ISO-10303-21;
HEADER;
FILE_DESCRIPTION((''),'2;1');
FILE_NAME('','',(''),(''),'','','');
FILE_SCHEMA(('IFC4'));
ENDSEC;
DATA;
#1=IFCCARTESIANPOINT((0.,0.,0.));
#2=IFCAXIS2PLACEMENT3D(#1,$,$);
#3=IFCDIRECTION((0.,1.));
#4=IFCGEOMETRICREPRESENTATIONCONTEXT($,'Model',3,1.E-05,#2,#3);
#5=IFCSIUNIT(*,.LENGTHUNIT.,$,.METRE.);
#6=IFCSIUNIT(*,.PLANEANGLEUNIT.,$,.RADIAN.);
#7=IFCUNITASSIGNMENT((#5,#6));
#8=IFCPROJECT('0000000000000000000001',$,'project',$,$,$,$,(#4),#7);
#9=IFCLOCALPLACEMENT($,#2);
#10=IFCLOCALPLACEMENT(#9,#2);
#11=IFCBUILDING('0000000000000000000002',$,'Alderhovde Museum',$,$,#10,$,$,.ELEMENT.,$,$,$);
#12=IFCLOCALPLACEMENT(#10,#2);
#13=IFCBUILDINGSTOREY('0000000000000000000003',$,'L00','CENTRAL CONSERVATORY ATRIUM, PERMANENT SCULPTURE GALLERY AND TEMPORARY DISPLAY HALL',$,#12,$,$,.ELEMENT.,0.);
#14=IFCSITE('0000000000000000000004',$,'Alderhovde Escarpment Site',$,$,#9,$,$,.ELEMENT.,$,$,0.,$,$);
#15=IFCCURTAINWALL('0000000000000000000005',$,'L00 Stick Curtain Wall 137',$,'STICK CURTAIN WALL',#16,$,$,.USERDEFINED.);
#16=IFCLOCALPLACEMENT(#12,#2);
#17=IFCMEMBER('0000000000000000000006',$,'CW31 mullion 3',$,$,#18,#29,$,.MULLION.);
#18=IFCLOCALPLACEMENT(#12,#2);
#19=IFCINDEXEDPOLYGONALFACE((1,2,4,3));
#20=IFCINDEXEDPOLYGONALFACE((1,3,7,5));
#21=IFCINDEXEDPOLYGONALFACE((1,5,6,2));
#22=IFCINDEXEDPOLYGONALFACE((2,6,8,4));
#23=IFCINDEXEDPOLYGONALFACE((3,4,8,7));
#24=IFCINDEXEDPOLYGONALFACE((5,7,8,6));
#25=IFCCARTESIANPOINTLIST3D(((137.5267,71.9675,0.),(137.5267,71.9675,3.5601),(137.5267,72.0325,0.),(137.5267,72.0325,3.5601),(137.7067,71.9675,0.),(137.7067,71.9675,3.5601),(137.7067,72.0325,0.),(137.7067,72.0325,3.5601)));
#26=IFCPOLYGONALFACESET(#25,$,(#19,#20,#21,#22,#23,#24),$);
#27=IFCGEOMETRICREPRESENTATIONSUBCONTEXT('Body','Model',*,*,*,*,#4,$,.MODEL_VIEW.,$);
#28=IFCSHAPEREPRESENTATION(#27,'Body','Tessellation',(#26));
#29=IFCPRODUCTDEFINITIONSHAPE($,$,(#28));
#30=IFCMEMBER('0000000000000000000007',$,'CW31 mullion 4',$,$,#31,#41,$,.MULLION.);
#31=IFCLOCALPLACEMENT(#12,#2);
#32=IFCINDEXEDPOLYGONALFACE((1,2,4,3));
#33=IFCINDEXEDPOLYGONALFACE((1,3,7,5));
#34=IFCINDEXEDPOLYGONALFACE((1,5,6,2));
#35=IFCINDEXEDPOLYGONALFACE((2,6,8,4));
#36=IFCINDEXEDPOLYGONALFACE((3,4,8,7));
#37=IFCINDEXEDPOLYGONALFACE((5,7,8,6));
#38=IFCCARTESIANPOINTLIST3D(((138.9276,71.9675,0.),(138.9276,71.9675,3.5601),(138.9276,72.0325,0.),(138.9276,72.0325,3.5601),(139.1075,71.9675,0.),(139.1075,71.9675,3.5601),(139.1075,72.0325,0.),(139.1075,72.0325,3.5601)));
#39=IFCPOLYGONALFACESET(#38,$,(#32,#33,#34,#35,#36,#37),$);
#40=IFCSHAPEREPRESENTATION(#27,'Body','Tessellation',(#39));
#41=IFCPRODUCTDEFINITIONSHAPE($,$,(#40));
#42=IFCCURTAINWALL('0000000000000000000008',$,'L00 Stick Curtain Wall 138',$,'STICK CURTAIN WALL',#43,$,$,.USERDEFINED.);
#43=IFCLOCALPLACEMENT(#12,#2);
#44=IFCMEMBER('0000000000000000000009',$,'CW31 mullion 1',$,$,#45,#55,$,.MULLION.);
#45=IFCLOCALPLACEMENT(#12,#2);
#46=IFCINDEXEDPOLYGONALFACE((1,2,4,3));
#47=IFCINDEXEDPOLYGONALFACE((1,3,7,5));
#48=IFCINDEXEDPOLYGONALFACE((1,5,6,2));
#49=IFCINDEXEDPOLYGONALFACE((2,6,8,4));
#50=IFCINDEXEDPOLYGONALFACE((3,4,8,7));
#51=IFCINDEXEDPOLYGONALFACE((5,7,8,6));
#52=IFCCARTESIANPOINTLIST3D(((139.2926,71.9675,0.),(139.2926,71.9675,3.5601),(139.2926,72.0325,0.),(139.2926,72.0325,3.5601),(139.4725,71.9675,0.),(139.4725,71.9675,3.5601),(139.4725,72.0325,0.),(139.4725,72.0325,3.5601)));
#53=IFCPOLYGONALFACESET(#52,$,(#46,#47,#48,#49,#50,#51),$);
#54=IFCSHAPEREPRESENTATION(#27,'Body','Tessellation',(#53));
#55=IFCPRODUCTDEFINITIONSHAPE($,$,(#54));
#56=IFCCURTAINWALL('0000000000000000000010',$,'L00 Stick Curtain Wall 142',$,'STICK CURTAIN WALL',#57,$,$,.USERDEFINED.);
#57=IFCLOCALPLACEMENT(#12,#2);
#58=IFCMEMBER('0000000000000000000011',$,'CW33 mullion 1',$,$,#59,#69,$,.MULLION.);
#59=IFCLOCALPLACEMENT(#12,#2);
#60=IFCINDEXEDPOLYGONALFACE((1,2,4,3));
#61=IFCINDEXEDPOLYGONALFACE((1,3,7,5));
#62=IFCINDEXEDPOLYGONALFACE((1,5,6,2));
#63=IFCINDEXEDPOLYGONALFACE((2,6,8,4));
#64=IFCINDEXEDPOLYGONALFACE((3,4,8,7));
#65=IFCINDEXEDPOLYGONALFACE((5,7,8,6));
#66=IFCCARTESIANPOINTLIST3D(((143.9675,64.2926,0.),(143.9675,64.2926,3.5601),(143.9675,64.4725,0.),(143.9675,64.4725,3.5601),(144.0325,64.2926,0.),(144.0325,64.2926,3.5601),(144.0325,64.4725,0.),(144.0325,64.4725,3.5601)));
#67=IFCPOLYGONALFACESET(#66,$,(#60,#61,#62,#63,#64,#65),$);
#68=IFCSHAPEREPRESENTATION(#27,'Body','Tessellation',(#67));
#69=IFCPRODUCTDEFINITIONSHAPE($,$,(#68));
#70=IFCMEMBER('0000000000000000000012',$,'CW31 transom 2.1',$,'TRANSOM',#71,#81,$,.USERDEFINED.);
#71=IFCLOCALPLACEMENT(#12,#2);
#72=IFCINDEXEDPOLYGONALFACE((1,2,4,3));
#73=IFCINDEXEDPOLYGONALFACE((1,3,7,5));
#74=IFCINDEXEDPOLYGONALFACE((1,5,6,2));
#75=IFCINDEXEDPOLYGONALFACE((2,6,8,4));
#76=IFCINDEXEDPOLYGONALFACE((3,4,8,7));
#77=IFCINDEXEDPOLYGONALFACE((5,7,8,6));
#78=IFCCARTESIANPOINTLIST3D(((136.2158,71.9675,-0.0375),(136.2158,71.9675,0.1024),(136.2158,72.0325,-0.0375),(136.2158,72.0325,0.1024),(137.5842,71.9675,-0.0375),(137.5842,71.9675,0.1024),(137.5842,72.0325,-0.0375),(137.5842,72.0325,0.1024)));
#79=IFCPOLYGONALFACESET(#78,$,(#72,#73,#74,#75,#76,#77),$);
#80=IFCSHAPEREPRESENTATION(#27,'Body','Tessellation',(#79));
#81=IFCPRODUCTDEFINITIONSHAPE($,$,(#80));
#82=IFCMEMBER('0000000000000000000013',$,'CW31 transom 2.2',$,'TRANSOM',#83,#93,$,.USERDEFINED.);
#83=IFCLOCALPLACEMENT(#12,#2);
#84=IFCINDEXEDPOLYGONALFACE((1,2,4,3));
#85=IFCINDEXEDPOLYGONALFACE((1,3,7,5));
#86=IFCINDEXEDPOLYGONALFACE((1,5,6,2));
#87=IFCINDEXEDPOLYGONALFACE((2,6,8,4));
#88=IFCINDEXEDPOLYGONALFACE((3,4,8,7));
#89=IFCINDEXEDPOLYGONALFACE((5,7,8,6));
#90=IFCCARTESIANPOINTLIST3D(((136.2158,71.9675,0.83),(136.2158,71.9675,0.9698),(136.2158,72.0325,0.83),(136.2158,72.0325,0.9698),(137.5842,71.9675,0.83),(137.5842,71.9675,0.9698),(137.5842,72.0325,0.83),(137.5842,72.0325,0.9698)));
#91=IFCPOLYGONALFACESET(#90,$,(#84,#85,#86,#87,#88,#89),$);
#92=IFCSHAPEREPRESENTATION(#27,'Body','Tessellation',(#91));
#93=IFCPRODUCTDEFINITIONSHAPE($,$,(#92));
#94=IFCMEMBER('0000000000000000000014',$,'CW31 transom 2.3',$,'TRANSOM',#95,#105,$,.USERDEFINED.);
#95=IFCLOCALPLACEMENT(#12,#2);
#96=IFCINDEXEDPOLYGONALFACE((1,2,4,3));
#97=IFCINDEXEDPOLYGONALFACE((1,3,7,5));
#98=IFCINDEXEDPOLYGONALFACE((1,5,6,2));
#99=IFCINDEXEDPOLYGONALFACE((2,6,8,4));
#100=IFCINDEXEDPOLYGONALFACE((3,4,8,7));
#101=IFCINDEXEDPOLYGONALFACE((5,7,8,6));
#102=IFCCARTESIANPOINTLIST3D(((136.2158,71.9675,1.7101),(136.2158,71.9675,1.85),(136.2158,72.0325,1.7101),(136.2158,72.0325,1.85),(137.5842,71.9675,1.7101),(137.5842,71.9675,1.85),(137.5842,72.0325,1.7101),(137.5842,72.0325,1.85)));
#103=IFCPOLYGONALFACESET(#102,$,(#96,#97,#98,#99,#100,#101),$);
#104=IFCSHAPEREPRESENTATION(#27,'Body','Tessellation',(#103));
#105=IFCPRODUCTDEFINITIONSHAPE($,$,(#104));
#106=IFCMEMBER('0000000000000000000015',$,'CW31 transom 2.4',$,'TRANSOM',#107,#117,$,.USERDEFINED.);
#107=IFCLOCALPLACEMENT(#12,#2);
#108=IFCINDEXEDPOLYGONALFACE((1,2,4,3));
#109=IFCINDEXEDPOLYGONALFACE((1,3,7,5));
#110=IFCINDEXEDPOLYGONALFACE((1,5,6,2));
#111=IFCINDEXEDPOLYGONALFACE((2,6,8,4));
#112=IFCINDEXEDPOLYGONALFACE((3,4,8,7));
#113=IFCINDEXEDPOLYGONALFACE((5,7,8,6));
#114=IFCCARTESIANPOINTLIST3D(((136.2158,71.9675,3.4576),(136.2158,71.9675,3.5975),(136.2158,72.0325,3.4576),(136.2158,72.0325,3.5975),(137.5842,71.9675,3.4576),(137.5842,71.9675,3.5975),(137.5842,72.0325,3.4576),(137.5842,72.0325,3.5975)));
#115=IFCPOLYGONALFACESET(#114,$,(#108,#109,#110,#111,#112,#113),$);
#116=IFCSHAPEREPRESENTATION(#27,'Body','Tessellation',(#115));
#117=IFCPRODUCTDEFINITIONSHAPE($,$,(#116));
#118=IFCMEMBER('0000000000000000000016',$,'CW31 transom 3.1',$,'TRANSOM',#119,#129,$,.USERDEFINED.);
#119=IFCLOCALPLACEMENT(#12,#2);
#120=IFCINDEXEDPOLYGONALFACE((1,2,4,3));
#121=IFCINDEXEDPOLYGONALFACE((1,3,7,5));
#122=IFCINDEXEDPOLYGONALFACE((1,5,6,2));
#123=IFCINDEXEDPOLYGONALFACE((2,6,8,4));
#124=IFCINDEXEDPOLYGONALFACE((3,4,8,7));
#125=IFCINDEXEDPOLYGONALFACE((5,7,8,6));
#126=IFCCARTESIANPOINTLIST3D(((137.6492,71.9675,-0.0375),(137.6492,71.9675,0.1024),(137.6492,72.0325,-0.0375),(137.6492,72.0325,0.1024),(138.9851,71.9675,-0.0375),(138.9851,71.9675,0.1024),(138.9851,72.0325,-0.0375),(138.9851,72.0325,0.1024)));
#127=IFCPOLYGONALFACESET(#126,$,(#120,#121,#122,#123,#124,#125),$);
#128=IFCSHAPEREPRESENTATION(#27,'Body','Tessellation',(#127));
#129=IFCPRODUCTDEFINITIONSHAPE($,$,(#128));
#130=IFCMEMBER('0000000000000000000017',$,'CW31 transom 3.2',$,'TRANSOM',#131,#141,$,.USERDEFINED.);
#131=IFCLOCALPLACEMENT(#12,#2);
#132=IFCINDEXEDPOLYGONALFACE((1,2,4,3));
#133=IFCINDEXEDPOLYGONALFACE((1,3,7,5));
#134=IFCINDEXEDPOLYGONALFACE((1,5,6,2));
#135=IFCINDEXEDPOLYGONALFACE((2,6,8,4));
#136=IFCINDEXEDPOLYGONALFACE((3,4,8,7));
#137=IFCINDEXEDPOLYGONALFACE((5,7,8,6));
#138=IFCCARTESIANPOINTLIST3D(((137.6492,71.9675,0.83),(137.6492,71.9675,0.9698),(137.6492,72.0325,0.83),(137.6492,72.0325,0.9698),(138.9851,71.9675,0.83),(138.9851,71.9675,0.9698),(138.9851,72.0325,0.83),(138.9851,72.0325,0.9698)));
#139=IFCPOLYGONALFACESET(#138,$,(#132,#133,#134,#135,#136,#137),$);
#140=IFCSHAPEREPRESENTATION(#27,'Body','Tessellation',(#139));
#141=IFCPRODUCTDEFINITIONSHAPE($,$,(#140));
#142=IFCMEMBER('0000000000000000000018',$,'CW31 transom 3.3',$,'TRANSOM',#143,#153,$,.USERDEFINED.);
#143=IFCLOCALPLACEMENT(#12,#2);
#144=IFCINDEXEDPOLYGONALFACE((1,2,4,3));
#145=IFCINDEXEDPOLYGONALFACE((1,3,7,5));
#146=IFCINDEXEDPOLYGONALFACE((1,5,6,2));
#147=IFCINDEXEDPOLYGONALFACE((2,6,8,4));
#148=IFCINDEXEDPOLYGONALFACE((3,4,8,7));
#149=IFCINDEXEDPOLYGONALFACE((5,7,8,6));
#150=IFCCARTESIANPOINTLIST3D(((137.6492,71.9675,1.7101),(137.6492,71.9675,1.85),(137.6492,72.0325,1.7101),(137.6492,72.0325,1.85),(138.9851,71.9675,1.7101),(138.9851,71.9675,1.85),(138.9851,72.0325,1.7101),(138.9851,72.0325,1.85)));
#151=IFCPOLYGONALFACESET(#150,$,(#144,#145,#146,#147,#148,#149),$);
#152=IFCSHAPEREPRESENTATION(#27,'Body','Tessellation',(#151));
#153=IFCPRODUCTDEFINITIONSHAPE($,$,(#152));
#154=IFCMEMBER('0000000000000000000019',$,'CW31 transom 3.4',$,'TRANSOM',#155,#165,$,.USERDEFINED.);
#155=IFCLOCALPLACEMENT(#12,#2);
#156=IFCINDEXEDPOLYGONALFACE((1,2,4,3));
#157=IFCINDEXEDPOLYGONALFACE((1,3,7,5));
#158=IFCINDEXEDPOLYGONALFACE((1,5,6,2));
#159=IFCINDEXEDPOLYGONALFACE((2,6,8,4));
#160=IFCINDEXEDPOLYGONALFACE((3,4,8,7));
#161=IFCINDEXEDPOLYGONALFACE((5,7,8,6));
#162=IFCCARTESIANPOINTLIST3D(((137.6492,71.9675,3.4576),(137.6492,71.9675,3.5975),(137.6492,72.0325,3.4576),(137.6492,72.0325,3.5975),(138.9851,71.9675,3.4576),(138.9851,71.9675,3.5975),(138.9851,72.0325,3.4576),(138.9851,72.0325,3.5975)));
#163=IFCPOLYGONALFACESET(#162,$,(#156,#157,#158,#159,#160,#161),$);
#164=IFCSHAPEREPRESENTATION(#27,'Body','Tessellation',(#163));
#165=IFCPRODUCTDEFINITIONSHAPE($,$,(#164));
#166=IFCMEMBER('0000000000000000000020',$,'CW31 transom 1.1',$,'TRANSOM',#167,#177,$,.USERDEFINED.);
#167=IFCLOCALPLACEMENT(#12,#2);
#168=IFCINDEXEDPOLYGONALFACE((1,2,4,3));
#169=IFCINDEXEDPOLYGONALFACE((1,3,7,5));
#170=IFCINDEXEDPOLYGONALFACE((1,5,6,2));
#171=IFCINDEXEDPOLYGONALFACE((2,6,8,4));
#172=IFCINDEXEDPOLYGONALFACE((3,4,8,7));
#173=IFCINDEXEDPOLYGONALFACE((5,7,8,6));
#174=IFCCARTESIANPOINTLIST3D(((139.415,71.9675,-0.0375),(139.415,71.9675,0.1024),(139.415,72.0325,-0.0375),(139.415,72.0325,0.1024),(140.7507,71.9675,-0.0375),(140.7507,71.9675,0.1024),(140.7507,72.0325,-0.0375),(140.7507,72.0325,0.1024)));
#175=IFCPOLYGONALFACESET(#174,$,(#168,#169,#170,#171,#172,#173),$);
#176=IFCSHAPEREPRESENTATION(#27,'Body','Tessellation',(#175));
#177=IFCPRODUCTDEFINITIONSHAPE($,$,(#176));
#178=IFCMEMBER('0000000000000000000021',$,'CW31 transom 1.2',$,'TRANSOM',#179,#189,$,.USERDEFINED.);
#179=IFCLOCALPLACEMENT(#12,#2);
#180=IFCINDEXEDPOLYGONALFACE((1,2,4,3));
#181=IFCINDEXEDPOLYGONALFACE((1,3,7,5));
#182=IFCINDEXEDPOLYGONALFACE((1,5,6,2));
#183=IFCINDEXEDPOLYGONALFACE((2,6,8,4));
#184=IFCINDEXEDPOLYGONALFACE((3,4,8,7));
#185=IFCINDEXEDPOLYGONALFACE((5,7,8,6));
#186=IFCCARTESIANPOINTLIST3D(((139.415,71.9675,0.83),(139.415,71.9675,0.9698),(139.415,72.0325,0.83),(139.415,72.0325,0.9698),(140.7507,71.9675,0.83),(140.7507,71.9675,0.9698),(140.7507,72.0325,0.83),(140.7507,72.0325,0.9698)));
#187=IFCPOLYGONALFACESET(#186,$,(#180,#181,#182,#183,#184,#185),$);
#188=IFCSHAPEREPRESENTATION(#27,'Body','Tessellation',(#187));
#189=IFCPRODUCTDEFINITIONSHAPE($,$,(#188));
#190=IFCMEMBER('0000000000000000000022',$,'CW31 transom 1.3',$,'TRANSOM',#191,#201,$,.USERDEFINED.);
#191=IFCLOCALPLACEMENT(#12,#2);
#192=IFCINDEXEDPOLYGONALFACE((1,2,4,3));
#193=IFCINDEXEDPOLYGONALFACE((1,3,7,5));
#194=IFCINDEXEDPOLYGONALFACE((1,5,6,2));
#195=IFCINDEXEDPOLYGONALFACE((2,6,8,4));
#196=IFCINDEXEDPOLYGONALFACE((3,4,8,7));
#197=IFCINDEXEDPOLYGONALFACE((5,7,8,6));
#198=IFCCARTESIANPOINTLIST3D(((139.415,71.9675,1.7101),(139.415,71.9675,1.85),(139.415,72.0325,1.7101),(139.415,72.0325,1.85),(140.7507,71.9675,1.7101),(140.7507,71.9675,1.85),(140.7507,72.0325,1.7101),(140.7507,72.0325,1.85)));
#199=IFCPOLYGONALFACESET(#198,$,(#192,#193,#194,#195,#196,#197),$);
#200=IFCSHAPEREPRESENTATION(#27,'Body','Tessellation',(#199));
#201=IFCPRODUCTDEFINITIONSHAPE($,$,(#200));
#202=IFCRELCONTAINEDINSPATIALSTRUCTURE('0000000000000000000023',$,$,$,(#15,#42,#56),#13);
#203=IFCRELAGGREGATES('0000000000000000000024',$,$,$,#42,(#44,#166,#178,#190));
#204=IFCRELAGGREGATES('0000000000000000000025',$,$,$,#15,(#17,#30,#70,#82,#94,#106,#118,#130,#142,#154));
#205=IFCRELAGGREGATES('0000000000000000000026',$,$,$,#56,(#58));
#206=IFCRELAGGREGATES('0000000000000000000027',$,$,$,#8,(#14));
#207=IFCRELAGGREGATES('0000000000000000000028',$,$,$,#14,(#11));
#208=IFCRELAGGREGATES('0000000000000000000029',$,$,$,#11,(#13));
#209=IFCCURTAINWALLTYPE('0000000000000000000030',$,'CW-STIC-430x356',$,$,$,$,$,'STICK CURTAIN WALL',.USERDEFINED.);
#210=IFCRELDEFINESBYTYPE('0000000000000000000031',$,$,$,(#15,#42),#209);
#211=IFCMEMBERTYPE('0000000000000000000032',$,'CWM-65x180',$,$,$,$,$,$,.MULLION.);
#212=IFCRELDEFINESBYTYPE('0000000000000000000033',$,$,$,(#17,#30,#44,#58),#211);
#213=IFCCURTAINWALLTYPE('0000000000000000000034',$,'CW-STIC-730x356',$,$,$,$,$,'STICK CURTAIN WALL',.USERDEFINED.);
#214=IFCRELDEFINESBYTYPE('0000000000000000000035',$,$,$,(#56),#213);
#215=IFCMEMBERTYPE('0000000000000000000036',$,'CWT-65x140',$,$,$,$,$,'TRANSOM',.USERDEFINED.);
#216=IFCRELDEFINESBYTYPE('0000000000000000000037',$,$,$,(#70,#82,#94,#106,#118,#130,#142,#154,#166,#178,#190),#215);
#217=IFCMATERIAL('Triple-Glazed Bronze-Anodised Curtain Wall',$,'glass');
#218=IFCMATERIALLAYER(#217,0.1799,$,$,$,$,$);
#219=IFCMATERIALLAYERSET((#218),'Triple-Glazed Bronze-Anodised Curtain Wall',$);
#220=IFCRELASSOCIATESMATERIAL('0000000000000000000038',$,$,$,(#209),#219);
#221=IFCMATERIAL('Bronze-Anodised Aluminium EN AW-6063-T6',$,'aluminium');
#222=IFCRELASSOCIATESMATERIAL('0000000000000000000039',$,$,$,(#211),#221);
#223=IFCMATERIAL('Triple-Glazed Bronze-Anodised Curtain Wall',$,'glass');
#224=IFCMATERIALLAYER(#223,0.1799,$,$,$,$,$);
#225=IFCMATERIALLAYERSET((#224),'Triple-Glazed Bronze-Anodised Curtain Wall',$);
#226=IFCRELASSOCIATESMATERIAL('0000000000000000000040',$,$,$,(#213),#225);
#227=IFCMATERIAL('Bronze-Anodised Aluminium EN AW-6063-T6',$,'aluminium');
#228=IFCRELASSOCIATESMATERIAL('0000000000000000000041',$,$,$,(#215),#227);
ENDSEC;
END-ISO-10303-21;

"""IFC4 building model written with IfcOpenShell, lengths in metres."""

from ifc_helpers import new_model, si_unit, direction, frame, origin, origin_2d, place, context, subcontext, project, spatial, rectangle, extrude, material, layer, layer_set, material_profile, profile_set, type_object, element, aggregate, save


model = new_model("IFC4")

# Units and contexts
model_context = context("Model", 3, precision=1e-05, world=origin(), true_north=direction((0.0, 1.0)))
body_context = subcontext(model_context, "Body", "Model", "MODEL_VIEW")
ifc_project = project(units=[si_unit("LENGTHUNIT", "METRE"), si_unit("PLANEANGLEUNIT", "RADIAN")], contexts=[model_context])

# Site, building, storey
site_placement = place(None, origin())
site = spatial("IfcSite", under=ifc_project, at=site_placement, Name="Alderhovde Escarpment Site", CompositionType="ELEMENT", RefElevation=0.0)
building_placement = place(site_placement, origin())
building = spatial("IfcBuilding", under=site, at=building_placement, Name="Alderhovde Museum", CompositionType="ELEMENT")
storey_placement = place(building_placement, origin())
storey = spatial("IfcBuildingStorey", under=building, at=storey_placement, Name="L00", Description="CENTRAL CONSERVATORY ATRIUM, PERMANENT SCULPTURE GALLERY AND TEMPORARY DISPLAY HALL", CompositionType="ELEMENT", Elevation=0.0)

# Curtain wall, members
ifc_material_1 = material(Name="Triple-Glazed Bronze-Anodised Curtain Wall", Category="glass")
ifc_layer_1 = layer(ifc_material_1, 0.1799)
ifc_layer_set_1 = layer_set([ifc_layer_1], Name="Triple-Glazed Bronze-Anodised Curtain Wall")
curtain_wall_type_1 = type_object("IfcCurtainWallType", Name="CW-STIC-430x356", ElementType="STICK CURTAIN WALL", PredefinedType="USERDEFINED", material=ifc_layer_set_1)
curtain_wall_1_placement = place(storey_placement, origin())
curtain_wall_1 = element("IfcCurtainWall", 1, at=curtain_wall_1_placement, inside=storey, type_object=curtain_wall_type_1, Name="L00 Stick Curtain Wall 137", ObjectType="STICK CURTAIN WALL", PredefinedType="USERDEFINED")
ifc_material_2 = material(Name="Bronze-Anodised Aluminium EN AW-6063-T6", Category="aluminium")
ifc_material_profile_1 = material_profile(ifc_material_2, rectangle(XDim=0.0649, YDim=0.1799, at=origin_2d()), Name="MULLION 65x180")
ifc_profile_set_1 = profile_set([ifc_material_profile_1], Name="Bronze-Anodised Aluminium EN AW-6063-T6")
member_type_1 = type_object("IfcMemberType", Name="CWM-65x180", PredefinedType="MULLION", material=ifc_profile_set_1)
member_1_placement = place(storey_placement, frame((137.6167, 72.0, 0.0), z_axis=(0.0, 0.0, 1.0), x_axis=(0.0, 1.0, 0.0)))
member_1 = element("IfcMember", 2, at=member_1_placement, type_object=member_type_1, Name="CW31 mullion 3", PredefinedType="MULLION", context=body_context, shape_type="SweptSolid", body=[
    extrude(rectangle(XDim=0.0649, YDim=0.1799, at=origin_2d()), origin(), (0.0, 0.0, 1.0), 3.5601),
])
member_2_placement = place(storey_placement, frame((139.0176, 72.0, 0.0), z_axis=(0.0, 0.0, 1.0), x_axis=(0.0, 1.0, 0.0)))
member_2 = element("IfcMember", 3, at=member_2_placement, type_object=member_type_1, Name="CW31 mullion 4", PredefinedType="MULLION", context=body_context, shape_type="SweptSolid", body=[
    extrude(rectangle(XDim=0.0649, YDim=0.1799, at=origin_2d()), origin(), (0.0, 0.0, 1.0), 3.5601),
])

# Curtain walls, members
curtain_wall_2_placement = place(storey_placement, origin())
curtain_wall_2 = element("IfcCurtainWall", 4, at=curtain_wall_2_placement, inside=storey, type_object=curtain_wall_type_1, Name="L00 Stick Curtain Wall 138", ObjectType="STICK CURTAIN WALL", PredefinedType="USERDEFINED")
member_3_placement = place(storey_placement, frame((139.3826, 72.0, 0.0), z_axis=(0.0, 0.0, 1.0), x_axis=(0.0, 1.0, 0.0)))
member_3 = element("IfcMember", 5, at=member_3_placement, type_object=member_type_1, Name="CW31 mullion 1", PredefinedType="MULLION", context=body_context, shape_type="SweptSolid", body=[
    extrude(rectangle(XDim=0.0649, YDim=0.1799, at=origin_2d()), origin(), (0.0, 0.0, 1.0), 3.5601),
])
ifc_material_3 = material(Name="Triple-Glazed Bronze-Anodised Curtain Wall", Category="glass")
ifc_layer_2 = layer(ifc_material_3, 0.1799)
ifc_layer_set_2 = layer_set([ifc_layer_2], Name="Triple-Glazed Bronze-Anodised Curtain Wall")
curtain_wall_type_2 = type_object("IfcCurtainWallType", Name="CW-STIC-730x356", ElementType="STICK CURTAIN WALL", PredefinedType="USERDEFINED", material=ifc_layer_set_2)
curtain_wall_3_placement = place(storey_placement, origin())
curtain_wall_3 = element("IfcCurtainWall", 6, at=curtain_wall_3_placement, inside=storey, type_object=curtain_wall_type_2, Name="L00 Stick Curtain Wall 142", ObjectType="STICK CURTAIN WALL", PredefinedType="USERDEFINED")
member_4_placement = place(storey_placement, frame((144.0, 64.3826, 0.0), z_axis=(0.0, 0.0, 1.0), x_axis=(-1.0, 0.0, 0.0)))
member_4 = element("IfcMember", 7, at=member_4_placement, type_object=member_type_1, Name="CW33 mullion 1", PredefinedType="MULLION", context=body_context, shape_type="SweptSolid", body=[
    extrude(rectangle(XDim=0.0649, YDim=0.1799, at=origin_2d()), origin(), (0.0, 0.0, 1.0), 3.5601),
])

# Members
ifc_material_4 = material(Name="Bronze-Anodised Aluminium EN AW-6063-T6", Category="aluminium")
ifc_material_profile_2 = material_profile(ifc_material_4, rectangle(XDim=0.0649, YDim=0.1399, at=origin_2d()), Name="TRANSOM 65x140")
ifc_profile_set_2 = profile_set([ifc_material_profile_2], Name="Bronze-Anodised Aluminium EN AW-6063-T6")
member_type_2 = type_object("IfcMemberType", Name="CWT-65x140", ElementType="TRANSOM", PredefinedType="USERDEFINED", material=ifc_profile_set_2)
member_5_placement = place(storey_placement, frame((136.2158, 72.0, 0.0325), z_axis=(1.0, 0.0, 0.0), x_axis=(0.0, 1.0, 0.0)))
member_5 = element("IfcMember", 8, at=member_5_placement, type_object=member_type_2, Name="CW31 transom 2.1", ObjectType="TRANSOM", PredefinedType="USERDEFINED", context=body_context, shape_type="SweptSolid", body=[
    extrude(rectangle(XDim=0.0649, YDim=0.1399, at=origin_2d()), origin(), (0.0, 0.0, 1.0), 1.3684),
])
member_6_placement = place(storey_placement, frame((136.2158, 72.0, 0.8999), z_axis=(1.0, 0.0, 0.0), x_axis=(0.0, 1.0, 0.0)))
member_6 = element("IfcMember", 9, at=member_6_placement, type_object=member_type_2, Name="CW31 transom 2.2", ObjectType="TRANSOM", PredefinedType="USERDEFINED", context=body_context, shape_type="SweptSolid", body=[
    extrude(rectangle(XDim=0.0649, YDim=0.1399, at=origin_2d()), origin(), (0.0, 0.0, 1.0), 1.3684),
])
member_7_placement = place(storey_placement, frame((136.2158, 72.0, 1.78), z_axis=(1.0, 0.0, 0.0), x_axis=(0.0, 1.0, 0.0)))
member_7 = element("IfcMember", 10, at=member_7_placement, type_object=member_type_2, Name="CW31 transom 2.3", ObjectType="TRANSOM", PredefinedType="USERDEFINED", context=body_context, shape_type="SweptSolid", body=[
    extrude(rectangle(XDim=0.0649, YDim=0.1399, at=origin_2d()), origin(), (0.0, 0.0, 1.0), 1.3684),
])
member_8_placement = place(storey_placement, frame((136.2158, 72.0, 3.5276), z_axis=(1.0, 0.0, 0.0), x_axis=(0.0, 1.0, 0.0)))
member_8 = element("IfcMember", 11, at=member_8_placement, type_object=member_type_2, Name="CW31 transom 2.4", ObjectType="TRANSOM", PredefinedType="USERDEFINED", context=body_context, shape_type="SweptSolid", body=[
    extrude(rectangle(XDim=0.0649, YDim=0.1399, at=origin_2d()), origin(), (0.0, 0.0, 1.0), 1.3684),
])
member_9_placement = place(storey_placement, frame((137.6492, 72.0, 0.0325), z_axis=(1.0, 0.0, 0.0), x_axis=(0.0, 1.0, 0.0)))
member_9 = element("IfcMember", 12, at=member_9_placement, type_object=member_type_2, Name="CW31 transom 3.1", ObjectType="TRANSOM", PredefinedType="USERDEFINED", context=body_context, shape_type="SweptSolid", body=[
    extrude(rectangle(XDim=0.0649, YDim=0.1399, at=origin_2d()), origin(), (0.0, 0.0, 1.0), 1.3359),
])
member_10_placement = place(storey_placement, frame((137.6492, 72.0, 0.8999), z_axis=(1.0, 0.0, 0.0), x_axis=(0.0, 1.0, 0.0)))
member_10 = element("IfcMember", 13, at=member_10_placement, type_object=member_type_2, Name="CW31 transom 3.2", ObjectType="TRANSOM", PredefinedType="USERDEFINED", context=body_context, shape_type="SweptSolid", body=[
    extrude(rectangle(XDim=0.0649, YDim=0.1399, at=origin_2d()), origin(), (0.0, 0.0, 1.0), 1.3359),
])
member_11_placement = place(storey_placement, frame((137.6492, 72.0, 1.78), z_axis=(1.0, 0.0, 0.0), x_axis=(0.0, 1.0, 0.0)))
member_11 = element("IfcMember", 14, at=member_11_placement, type_object=member_type_2, Name="CW31 transom 3.3", ObjectType="TRANSOM", PredefinedType="USERDEFINED", context=body_context, shape_type="SweptSolid", body=[
    extrude(rectangle(XDim=0.0649, YDim=0.1399, at=origin_2d()), origin(), (0.0, 0.0, 1.0), 1.3359),
])
member_12_placement = place(storey_placement, frame((137.6492, 72.0, 3.5276), z_axis=(1.0, 0.0, 0.0), x_axis=(0.0, 1.0, 0.0)))
member_12 = element("IfcMember", 15, at=member_12_placement, type_object=member_type_2, Name="CW31 transom 3.4", ObjectType="TRANSOM", PredefinedType="USERDEFINED", context=body_context, shape_type="SweptSolid", body=[
    extrude(rectangle(XDim=0.0649, YDim=0.1399, at=origin_2d()), origin(), (0.0, 0.0, 1.0), 1.3359),
])
member_13_placement = place(storey_placement, frame((139.415, 72.0, 0.0325), z_axis=(1.0, 0.0, 0.0), x_axis=(0.0, 1.0, 0.0)))
member_13 = element("IfcMember", 16, at=member_13_placement, type_object=member_type_2, Name="CW31 transom 1.1", ObjectType="TRANSOM", PredefinedType="USERDEFINED", context=body_context, shape_type="SweptSolid", body=[
    extrude(rectangle(XDim=0.0649, YDim=0.1399, at=origin_2d()), origin(), (0.0, 0.0, 1.0), 1.3357),
])
member_14_placement = place(storey_placement, frame((139.415, 72.0, 0.8999), z_axis=(1.0, 0.0, 0.0), x_axis=(0.0, 1.0, 0.0)))
member_14 = element("IfcMember", 17, at=member_14_placement, type_object=member_type_2, Name="CW31 transom 1.2", ObjectType="TRANSOM", PredefinedType="USERDEFINED", context=body_context, shape_type="SweptSolid", body=[
    extrude(rectangle(XDim=0.0649, YDim=0.1399, at=origin_2d()), origin(), (0.0, 0.0, 1.0), 1.3357),
])
member_15_placement = place(storey_placement, frame((139.415, 72.0, 1.78), z_axis=(1.0, 0.0, 0.0), x_axis=(0.0, 1.0, 0.0)))
member_15 = element("IfcMember", 18, at=member_15_placement, type_object=member_type_2, Name="CW31 transom 1.3", ObjectType="TRANSOM", PredefinedType="USERDEFINED", context=body_context, shape_type="SweptSolid", body=[
    extrude(rectangle(XDim=0.0649, YDim=0.1399, at=origin_2d()), origin(), (0.0, 0.0, 1.0), 1.3357),
])
aggregate(curtain_wall_2, [member_3, member_13, member_14, member_15])

aggregate(curtain_wall_1, [member_1, member_2, member_5, member_6, member_7, member_8, member_9, member_10, member_11, member_12])
aggregate(curtain_wall_3, [member_4])

save(model, "model.ifc")
